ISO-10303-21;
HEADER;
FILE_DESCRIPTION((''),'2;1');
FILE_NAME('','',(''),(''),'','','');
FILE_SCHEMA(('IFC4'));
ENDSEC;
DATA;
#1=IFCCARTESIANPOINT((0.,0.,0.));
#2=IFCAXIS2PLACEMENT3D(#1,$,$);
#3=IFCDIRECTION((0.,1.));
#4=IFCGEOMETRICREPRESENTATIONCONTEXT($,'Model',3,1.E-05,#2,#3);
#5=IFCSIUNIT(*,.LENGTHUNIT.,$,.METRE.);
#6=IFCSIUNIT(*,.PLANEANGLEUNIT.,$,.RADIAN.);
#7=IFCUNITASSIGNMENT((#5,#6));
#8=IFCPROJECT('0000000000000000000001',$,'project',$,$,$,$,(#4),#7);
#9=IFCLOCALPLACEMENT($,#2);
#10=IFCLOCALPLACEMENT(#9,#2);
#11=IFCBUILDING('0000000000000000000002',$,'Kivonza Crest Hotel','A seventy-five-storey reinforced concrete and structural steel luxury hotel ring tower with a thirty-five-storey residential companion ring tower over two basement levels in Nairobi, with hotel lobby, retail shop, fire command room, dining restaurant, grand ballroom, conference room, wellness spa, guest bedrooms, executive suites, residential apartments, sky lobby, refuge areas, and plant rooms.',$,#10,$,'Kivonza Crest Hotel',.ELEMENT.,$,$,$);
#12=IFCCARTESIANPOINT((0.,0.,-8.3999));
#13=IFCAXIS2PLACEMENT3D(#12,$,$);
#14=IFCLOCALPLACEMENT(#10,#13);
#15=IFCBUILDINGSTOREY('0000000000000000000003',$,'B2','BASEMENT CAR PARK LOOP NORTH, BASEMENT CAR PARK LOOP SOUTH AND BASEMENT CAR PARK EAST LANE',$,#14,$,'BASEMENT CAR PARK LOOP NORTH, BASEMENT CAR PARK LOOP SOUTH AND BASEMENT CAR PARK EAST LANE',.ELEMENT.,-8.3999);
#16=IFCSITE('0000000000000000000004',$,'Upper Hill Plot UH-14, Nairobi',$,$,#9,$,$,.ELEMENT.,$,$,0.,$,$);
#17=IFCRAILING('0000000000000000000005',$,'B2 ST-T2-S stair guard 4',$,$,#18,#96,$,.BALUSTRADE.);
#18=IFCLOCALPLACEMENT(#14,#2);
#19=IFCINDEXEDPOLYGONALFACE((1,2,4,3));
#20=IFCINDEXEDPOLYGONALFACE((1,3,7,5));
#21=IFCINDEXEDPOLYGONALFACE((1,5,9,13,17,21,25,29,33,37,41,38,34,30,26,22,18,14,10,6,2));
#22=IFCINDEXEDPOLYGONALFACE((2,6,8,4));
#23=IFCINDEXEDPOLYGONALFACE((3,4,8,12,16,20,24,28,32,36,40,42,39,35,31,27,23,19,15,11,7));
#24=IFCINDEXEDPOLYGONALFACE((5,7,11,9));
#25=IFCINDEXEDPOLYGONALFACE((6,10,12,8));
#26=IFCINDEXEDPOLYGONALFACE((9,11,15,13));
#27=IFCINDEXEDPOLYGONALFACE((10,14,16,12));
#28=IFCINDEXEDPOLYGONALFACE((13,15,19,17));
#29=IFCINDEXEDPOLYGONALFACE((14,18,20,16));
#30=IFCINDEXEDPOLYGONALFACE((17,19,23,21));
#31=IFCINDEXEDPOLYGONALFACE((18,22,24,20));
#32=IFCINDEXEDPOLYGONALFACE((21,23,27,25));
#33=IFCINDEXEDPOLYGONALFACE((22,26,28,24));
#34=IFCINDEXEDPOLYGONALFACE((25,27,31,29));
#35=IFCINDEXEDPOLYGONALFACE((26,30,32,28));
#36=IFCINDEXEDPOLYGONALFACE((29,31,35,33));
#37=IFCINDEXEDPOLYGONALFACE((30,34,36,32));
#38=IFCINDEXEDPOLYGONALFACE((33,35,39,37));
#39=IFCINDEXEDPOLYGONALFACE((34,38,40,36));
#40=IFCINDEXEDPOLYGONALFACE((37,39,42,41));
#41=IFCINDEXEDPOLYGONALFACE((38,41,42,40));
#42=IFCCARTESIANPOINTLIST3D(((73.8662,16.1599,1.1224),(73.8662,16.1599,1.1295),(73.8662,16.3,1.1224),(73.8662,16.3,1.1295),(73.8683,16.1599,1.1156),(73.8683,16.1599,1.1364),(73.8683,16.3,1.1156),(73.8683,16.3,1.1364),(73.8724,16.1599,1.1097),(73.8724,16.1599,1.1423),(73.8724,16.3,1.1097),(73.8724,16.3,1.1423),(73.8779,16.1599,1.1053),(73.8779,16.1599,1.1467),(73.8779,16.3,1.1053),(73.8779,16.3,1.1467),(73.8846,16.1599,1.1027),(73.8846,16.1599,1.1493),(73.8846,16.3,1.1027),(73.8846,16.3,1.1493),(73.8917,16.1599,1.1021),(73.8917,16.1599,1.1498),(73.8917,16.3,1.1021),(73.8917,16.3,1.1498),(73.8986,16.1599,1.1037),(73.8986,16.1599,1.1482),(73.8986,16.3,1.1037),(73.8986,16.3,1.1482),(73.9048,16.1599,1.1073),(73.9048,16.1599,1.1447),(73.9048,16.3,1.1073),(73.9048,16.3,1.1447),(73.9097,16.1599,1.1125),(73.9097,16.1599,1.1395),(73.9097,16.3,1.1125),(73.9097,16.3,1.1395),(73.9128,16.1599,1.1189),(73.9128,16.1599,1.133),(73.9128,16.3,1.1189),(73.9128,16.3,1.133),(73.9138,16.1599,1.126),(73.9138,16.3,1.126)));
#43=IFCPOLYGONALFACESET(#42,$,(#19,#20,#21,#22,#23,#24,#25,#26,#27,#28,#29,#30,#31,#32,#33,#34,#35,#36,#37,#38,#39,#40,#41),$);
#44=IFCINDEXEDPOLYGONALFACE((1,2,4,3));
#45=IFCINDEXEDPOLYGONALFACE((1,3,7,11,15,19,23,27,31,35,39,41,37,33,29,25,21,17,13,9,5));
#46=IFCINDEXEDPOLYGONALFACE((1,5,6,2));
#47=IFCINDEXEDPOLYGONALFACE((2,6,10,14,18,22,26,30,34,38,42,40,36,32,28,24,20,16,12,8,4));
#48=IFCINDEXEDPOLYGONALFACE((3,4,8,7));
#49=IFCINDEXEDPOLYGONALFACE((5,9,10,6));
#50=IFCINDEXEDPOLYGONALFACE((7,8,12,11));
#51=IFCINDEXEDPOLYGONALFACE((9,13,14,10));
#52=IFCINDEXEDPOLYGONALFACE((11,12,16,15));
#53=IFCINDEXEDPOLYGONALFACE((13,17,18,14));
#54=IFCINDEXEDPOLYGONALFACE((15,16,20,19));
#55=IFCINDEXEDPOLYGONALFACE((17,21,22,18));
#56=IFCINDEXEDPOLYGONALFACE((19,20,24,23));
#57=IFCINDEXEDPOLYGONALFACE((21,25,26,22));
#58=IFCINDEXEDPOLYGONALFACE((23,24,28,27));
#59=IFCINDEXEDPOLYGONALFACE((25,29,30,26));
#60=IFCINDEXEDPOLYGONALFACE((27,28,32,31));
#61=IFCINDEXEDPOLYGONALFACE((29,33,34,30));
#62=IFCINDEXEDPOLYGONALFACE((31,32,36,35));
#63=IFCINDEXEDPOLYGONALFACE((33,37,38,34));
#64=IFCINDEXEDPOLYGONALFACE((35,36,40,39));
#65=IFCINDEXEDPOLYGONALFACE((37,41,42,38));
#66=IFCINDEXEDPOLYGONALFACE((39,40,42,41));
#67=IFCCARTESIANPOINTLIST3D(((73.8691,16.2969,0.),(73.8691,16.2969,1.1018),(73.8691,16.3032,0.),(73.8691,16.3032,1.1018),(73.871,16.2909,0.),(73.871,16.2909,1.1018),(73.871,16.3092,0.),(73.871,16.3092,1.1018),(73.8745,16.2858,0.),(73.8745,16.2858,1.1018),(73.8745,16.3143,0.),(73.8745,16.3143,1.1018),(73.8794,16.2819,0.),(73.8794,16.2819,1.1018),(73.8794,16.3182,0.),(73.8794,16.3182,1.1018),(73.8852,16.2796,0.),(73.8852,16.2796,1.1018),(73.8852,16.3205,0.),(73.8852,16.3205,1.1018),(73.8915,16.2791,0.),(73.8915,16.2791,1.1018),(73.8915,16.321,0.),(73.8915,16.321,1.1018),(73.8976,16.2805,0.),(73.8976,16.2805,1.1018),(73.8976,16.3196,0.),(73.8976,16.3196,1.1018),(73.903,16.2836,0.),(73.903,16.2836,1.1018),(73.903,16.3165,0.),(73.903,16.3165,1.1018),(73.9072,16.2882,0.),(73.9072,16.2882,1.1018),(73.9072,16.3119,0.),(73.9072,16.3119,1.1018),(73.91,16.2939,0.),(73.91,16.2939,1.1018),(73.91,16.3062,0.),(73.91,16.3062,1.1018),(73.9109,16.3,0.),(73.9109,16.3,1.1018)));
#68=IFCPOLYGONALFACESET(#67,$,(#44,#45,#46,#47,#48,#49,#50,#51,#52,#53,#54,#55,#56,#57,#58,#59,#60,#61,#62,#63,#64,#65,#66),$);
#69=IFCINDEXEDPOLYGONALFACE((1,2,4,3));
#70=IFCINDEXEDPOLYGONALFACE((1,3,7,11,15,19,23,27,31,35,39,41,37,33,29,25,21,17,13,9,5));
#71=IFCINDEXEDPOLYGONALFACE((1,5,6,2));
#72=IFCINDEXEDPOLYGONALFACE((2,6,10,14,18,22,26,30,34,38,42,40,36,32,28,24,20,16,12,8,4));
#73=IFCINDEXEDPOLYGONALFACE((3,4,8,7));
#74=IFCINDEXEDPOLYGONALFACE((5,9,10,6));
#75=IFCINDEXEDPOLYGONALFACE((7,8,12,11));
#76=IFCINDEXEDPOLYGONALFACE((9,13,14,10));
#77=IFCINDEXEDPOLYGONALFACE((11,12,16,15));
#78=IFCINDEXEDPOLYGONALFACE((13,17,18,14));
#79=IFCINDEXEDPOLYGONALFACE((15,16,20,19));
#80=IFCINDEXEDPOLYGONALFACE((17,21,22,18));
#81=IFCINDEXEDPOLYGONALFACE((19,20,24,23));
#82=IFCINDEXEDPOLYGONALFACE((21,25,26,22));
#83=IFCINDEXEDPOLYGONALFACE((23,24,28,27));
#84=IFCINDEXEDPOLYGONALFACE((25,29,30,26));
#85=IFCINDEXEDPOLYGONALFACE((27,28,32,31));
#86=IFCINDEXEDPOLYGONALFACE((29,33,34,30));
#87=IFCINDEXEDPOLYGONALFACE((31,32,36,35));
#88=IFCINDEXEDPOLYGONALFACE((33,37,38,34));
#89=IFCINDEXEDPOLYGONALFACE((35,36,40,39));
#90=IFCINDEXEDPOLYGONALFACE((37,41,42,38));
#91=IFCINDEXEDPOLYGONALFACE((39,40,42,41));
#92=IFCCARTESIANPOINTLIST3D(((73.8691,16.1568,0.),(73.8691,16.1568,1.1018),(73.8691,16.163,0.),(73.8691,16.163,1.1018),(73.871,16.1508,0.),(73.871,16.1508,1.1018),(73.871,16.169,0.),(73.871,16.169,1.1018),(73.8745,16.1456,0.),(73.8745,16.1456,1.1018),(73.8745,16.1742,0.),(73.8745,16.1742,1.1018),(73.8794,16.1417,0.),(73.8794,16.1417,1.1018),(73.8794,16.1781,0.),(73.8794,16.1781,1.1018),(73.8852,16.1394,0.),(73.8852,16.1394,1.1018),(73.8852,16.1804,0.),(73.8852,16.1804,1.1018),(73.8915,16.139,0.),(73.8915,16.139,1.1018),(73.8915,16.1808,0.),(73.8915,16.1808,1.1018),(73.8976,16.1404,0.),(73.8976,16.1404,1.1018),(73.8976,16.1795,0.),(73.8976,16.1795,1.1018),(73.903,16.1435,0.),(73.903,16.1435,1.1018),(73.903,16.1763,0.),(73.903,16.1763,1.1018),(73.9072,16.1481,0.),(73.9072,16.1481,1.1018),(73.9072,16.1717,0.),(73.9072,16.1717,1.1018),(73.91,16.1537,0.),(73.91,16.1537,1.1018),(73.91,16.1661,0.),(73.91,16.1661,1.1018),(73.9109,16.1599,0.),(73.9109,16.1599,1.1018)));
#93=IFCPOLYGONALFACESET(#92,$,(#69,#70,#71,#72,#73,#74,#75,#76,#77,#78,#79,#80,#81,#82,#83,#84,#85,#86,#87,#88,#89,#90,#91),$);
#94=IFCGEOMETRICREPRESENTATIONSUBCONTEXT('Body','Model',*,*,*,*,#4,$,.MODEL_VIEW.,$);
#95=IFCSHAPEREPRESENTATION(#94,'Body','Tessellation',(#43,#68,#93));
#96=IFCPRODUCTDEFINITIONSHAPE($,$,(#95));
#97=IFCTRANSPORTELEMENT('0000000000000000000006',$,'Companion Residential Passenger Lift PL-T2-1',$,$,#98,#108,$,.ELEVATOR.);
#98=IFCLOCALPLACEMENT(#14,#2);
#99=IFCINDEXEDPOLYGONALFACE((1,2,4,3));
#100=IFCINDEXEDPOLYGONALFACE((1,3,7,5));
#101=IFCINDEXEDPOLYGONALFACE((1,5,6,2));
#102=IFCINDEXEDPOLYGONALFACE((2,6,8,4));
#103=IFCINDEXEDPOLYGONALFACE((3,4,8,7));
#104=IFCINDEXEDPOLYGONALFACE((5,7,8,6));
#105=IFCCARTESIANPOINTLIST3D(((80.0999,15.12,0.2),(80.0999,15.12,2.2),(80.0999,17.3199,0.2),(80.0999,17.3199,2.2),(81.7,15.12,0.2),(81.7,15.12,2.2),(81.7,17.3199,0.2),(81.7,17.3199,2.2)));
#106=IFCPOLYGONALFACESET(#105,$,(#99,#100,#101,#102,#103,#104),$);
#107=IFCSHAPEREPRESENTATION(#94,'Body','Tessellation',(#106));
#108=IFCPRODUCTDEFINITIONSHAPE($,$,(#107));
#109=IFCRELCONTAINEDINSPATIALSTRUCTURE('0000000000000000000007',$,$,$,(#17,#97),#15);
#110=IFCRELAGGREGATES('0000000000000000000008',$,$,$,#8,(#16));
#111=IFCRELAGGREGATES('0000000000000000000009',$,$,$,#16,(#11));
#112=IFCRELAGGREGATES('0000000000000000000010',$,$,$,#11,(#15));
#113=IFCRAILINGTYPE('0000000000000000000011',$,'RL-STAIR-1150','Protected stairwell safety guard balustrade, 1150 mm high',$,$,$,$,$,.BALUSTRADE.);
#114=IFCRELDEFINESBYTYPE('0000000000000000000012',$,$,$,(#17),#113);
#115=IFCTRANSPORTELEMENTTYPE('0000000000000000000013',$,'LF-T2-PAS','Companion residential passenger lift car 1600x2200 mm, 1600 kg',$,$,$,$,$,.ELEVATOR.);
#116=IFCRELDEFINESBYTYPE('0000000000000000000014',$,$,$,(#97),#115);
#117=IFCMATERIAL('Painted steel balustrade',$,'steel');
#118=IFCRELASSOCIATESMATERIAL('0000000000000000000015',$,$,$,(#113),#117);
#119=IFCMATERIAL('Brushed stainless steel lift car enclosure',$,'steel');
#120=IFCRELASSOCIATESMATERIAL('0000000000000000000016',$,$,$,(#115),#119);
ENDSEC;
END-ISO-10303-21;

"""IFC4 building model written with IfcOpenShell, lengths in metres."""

from ifc_helpers import new_model, si_unit, direction, frame, origin, origin_2d, place, context, subcontext, project, spatial, rectangle, circle, extrude, material, type_object, element, save


model = new_model("IFC4")

# Units and contexts
model_context = context("Model", 3, precision=1e-05, world=origin(), true_north=direction((0.0, 1.0)))
body_context = subcontext(model_context, "Body", "Model", "MODEL_VIEW")
ifc_project = project(units=[si_unit("LENGTHUNIT", "METRE"), si_unit("PLANEANGLEUNIT", "RADIAN")], contexts=[model_context])

# Site, building, storey
site_placement = place(None, origin())
site = spatial("IfcSite", under=ifc_project, at=site_placement, Name="Upper Hill Plot UH-14, Nairobi", CompositionType="ELEMENT", RefElevation=0.0)
building_placement = place(site_placement, origin())
building = spatial("IfcBuilding", under=site, at=building_placement, Name="Kivonza Crest Hotel", Description="A seventy-five-storey reinforced concrete and structural steel luxury hotel ring tower with a thirty-five-storey residential companion ring tower over two basement levels in Nairobi, with hotel lobby, retail shop, fire command room, dining restaurant, grand ballroom, conference room, wellness spa, guest bedrooms, executive suites, residential apartments, sky lobby, refuge areas, and plant rooms.", LongName="Kivonza Crest Hotel", CompositionType="ELEMENT")
storey_placement = place(building_placement, frame((0.0, 0.0, -8.3999)))
storey = spatial("IfcBuildingStorey", under=building, at=storey_placement, Name="B2", Description="BASEMENT CAR PARK LOOP NORTH, BASEMENT CAR PARK LOOP SOUTH AND BASEMENT CAR PARK EAST LANE", LongName="BASEMENT CAR PARK LOOP NORTH, BASEMENT CAR PARK LOOP SOUTH AND BASEMENT CAR PARK EAST LANE", CompositionType="ELEMENT", Elevation=-8.3999)

# Railing
ifc_material_1 = material(Name="Painted steel balustrade", Category="steel")
railing_type_1 = type_object("IfcRailingType", Name="RL-STAIR-1150", Description="Protected stairwell safety guard balustrade, 1150 mm high", PredefinedType="BALUSTRADE", material=ifc_material_1)
railing_1_placement = place(storey_placement, frame((73.8899, 16.3, 0.0)))
element("IfcRailing", 1, at=railing_1_placement, inside=storey, type_object=railing_type_1, Name="B2 ST-T2-S stair guard 4", PredefinedType="BALUSTRADE", context=body_context, shape_type="SweptSolid", body=[
    extrude(circle(Radius=0.0239, at=origin_2d()), frame((0.0, 0.0, 1.126), z_axis=(0.0, -1.0, 0.0), x_axis=(1.0, 0.0, 0.0)), (0.0, 0.0, 1.0), 0.1401),
    extrude(circle(Radius=0.021, at=origin_2d()), origin(), (0.0, 0.0, 1.0), 1.1018),
    extrude(circle(Radius=0.021, at=origin_2d()), frame((0.0, -0.1401, 0.0)), (0.0, 0.0, 1.0), 1.1018),
])

# Transport element
ifc_material_2 = material(Name="Brushed stainless steel lift car enclosure", Category="steel")
transport_element_type = type_object("IfcTransportElementType", Name="LF-T2-PAS", Description="Companion residential passenger lift car 1600x2200 mm, 1600 kg", PredefinedType="ELEVATOR", material=ifc_material_2)
transport_element_placement = place(storey_placement, frame((80.8999, 16.22, 0.2), z_axis=(0.0, 0.0, 1.0), x_axis=(1.0, 0.0, 0.0)))
element("IfcTransportElement", 2, at=transport_element_placement, inside=storey, type_object=transport_element_type, Name="Companion Residential Passenger Lift PL-T2-1", PredefinedType="ELEVATOR", context=body_context, shape_type="SweptSolid", body=[
    extrude(rectangle(XDim=1.6001, YDim=2.2, at=origin_2d()), origin(), (0.0, 0.0, 1.0), 2.0),
])

save(model, "model.ifc")
